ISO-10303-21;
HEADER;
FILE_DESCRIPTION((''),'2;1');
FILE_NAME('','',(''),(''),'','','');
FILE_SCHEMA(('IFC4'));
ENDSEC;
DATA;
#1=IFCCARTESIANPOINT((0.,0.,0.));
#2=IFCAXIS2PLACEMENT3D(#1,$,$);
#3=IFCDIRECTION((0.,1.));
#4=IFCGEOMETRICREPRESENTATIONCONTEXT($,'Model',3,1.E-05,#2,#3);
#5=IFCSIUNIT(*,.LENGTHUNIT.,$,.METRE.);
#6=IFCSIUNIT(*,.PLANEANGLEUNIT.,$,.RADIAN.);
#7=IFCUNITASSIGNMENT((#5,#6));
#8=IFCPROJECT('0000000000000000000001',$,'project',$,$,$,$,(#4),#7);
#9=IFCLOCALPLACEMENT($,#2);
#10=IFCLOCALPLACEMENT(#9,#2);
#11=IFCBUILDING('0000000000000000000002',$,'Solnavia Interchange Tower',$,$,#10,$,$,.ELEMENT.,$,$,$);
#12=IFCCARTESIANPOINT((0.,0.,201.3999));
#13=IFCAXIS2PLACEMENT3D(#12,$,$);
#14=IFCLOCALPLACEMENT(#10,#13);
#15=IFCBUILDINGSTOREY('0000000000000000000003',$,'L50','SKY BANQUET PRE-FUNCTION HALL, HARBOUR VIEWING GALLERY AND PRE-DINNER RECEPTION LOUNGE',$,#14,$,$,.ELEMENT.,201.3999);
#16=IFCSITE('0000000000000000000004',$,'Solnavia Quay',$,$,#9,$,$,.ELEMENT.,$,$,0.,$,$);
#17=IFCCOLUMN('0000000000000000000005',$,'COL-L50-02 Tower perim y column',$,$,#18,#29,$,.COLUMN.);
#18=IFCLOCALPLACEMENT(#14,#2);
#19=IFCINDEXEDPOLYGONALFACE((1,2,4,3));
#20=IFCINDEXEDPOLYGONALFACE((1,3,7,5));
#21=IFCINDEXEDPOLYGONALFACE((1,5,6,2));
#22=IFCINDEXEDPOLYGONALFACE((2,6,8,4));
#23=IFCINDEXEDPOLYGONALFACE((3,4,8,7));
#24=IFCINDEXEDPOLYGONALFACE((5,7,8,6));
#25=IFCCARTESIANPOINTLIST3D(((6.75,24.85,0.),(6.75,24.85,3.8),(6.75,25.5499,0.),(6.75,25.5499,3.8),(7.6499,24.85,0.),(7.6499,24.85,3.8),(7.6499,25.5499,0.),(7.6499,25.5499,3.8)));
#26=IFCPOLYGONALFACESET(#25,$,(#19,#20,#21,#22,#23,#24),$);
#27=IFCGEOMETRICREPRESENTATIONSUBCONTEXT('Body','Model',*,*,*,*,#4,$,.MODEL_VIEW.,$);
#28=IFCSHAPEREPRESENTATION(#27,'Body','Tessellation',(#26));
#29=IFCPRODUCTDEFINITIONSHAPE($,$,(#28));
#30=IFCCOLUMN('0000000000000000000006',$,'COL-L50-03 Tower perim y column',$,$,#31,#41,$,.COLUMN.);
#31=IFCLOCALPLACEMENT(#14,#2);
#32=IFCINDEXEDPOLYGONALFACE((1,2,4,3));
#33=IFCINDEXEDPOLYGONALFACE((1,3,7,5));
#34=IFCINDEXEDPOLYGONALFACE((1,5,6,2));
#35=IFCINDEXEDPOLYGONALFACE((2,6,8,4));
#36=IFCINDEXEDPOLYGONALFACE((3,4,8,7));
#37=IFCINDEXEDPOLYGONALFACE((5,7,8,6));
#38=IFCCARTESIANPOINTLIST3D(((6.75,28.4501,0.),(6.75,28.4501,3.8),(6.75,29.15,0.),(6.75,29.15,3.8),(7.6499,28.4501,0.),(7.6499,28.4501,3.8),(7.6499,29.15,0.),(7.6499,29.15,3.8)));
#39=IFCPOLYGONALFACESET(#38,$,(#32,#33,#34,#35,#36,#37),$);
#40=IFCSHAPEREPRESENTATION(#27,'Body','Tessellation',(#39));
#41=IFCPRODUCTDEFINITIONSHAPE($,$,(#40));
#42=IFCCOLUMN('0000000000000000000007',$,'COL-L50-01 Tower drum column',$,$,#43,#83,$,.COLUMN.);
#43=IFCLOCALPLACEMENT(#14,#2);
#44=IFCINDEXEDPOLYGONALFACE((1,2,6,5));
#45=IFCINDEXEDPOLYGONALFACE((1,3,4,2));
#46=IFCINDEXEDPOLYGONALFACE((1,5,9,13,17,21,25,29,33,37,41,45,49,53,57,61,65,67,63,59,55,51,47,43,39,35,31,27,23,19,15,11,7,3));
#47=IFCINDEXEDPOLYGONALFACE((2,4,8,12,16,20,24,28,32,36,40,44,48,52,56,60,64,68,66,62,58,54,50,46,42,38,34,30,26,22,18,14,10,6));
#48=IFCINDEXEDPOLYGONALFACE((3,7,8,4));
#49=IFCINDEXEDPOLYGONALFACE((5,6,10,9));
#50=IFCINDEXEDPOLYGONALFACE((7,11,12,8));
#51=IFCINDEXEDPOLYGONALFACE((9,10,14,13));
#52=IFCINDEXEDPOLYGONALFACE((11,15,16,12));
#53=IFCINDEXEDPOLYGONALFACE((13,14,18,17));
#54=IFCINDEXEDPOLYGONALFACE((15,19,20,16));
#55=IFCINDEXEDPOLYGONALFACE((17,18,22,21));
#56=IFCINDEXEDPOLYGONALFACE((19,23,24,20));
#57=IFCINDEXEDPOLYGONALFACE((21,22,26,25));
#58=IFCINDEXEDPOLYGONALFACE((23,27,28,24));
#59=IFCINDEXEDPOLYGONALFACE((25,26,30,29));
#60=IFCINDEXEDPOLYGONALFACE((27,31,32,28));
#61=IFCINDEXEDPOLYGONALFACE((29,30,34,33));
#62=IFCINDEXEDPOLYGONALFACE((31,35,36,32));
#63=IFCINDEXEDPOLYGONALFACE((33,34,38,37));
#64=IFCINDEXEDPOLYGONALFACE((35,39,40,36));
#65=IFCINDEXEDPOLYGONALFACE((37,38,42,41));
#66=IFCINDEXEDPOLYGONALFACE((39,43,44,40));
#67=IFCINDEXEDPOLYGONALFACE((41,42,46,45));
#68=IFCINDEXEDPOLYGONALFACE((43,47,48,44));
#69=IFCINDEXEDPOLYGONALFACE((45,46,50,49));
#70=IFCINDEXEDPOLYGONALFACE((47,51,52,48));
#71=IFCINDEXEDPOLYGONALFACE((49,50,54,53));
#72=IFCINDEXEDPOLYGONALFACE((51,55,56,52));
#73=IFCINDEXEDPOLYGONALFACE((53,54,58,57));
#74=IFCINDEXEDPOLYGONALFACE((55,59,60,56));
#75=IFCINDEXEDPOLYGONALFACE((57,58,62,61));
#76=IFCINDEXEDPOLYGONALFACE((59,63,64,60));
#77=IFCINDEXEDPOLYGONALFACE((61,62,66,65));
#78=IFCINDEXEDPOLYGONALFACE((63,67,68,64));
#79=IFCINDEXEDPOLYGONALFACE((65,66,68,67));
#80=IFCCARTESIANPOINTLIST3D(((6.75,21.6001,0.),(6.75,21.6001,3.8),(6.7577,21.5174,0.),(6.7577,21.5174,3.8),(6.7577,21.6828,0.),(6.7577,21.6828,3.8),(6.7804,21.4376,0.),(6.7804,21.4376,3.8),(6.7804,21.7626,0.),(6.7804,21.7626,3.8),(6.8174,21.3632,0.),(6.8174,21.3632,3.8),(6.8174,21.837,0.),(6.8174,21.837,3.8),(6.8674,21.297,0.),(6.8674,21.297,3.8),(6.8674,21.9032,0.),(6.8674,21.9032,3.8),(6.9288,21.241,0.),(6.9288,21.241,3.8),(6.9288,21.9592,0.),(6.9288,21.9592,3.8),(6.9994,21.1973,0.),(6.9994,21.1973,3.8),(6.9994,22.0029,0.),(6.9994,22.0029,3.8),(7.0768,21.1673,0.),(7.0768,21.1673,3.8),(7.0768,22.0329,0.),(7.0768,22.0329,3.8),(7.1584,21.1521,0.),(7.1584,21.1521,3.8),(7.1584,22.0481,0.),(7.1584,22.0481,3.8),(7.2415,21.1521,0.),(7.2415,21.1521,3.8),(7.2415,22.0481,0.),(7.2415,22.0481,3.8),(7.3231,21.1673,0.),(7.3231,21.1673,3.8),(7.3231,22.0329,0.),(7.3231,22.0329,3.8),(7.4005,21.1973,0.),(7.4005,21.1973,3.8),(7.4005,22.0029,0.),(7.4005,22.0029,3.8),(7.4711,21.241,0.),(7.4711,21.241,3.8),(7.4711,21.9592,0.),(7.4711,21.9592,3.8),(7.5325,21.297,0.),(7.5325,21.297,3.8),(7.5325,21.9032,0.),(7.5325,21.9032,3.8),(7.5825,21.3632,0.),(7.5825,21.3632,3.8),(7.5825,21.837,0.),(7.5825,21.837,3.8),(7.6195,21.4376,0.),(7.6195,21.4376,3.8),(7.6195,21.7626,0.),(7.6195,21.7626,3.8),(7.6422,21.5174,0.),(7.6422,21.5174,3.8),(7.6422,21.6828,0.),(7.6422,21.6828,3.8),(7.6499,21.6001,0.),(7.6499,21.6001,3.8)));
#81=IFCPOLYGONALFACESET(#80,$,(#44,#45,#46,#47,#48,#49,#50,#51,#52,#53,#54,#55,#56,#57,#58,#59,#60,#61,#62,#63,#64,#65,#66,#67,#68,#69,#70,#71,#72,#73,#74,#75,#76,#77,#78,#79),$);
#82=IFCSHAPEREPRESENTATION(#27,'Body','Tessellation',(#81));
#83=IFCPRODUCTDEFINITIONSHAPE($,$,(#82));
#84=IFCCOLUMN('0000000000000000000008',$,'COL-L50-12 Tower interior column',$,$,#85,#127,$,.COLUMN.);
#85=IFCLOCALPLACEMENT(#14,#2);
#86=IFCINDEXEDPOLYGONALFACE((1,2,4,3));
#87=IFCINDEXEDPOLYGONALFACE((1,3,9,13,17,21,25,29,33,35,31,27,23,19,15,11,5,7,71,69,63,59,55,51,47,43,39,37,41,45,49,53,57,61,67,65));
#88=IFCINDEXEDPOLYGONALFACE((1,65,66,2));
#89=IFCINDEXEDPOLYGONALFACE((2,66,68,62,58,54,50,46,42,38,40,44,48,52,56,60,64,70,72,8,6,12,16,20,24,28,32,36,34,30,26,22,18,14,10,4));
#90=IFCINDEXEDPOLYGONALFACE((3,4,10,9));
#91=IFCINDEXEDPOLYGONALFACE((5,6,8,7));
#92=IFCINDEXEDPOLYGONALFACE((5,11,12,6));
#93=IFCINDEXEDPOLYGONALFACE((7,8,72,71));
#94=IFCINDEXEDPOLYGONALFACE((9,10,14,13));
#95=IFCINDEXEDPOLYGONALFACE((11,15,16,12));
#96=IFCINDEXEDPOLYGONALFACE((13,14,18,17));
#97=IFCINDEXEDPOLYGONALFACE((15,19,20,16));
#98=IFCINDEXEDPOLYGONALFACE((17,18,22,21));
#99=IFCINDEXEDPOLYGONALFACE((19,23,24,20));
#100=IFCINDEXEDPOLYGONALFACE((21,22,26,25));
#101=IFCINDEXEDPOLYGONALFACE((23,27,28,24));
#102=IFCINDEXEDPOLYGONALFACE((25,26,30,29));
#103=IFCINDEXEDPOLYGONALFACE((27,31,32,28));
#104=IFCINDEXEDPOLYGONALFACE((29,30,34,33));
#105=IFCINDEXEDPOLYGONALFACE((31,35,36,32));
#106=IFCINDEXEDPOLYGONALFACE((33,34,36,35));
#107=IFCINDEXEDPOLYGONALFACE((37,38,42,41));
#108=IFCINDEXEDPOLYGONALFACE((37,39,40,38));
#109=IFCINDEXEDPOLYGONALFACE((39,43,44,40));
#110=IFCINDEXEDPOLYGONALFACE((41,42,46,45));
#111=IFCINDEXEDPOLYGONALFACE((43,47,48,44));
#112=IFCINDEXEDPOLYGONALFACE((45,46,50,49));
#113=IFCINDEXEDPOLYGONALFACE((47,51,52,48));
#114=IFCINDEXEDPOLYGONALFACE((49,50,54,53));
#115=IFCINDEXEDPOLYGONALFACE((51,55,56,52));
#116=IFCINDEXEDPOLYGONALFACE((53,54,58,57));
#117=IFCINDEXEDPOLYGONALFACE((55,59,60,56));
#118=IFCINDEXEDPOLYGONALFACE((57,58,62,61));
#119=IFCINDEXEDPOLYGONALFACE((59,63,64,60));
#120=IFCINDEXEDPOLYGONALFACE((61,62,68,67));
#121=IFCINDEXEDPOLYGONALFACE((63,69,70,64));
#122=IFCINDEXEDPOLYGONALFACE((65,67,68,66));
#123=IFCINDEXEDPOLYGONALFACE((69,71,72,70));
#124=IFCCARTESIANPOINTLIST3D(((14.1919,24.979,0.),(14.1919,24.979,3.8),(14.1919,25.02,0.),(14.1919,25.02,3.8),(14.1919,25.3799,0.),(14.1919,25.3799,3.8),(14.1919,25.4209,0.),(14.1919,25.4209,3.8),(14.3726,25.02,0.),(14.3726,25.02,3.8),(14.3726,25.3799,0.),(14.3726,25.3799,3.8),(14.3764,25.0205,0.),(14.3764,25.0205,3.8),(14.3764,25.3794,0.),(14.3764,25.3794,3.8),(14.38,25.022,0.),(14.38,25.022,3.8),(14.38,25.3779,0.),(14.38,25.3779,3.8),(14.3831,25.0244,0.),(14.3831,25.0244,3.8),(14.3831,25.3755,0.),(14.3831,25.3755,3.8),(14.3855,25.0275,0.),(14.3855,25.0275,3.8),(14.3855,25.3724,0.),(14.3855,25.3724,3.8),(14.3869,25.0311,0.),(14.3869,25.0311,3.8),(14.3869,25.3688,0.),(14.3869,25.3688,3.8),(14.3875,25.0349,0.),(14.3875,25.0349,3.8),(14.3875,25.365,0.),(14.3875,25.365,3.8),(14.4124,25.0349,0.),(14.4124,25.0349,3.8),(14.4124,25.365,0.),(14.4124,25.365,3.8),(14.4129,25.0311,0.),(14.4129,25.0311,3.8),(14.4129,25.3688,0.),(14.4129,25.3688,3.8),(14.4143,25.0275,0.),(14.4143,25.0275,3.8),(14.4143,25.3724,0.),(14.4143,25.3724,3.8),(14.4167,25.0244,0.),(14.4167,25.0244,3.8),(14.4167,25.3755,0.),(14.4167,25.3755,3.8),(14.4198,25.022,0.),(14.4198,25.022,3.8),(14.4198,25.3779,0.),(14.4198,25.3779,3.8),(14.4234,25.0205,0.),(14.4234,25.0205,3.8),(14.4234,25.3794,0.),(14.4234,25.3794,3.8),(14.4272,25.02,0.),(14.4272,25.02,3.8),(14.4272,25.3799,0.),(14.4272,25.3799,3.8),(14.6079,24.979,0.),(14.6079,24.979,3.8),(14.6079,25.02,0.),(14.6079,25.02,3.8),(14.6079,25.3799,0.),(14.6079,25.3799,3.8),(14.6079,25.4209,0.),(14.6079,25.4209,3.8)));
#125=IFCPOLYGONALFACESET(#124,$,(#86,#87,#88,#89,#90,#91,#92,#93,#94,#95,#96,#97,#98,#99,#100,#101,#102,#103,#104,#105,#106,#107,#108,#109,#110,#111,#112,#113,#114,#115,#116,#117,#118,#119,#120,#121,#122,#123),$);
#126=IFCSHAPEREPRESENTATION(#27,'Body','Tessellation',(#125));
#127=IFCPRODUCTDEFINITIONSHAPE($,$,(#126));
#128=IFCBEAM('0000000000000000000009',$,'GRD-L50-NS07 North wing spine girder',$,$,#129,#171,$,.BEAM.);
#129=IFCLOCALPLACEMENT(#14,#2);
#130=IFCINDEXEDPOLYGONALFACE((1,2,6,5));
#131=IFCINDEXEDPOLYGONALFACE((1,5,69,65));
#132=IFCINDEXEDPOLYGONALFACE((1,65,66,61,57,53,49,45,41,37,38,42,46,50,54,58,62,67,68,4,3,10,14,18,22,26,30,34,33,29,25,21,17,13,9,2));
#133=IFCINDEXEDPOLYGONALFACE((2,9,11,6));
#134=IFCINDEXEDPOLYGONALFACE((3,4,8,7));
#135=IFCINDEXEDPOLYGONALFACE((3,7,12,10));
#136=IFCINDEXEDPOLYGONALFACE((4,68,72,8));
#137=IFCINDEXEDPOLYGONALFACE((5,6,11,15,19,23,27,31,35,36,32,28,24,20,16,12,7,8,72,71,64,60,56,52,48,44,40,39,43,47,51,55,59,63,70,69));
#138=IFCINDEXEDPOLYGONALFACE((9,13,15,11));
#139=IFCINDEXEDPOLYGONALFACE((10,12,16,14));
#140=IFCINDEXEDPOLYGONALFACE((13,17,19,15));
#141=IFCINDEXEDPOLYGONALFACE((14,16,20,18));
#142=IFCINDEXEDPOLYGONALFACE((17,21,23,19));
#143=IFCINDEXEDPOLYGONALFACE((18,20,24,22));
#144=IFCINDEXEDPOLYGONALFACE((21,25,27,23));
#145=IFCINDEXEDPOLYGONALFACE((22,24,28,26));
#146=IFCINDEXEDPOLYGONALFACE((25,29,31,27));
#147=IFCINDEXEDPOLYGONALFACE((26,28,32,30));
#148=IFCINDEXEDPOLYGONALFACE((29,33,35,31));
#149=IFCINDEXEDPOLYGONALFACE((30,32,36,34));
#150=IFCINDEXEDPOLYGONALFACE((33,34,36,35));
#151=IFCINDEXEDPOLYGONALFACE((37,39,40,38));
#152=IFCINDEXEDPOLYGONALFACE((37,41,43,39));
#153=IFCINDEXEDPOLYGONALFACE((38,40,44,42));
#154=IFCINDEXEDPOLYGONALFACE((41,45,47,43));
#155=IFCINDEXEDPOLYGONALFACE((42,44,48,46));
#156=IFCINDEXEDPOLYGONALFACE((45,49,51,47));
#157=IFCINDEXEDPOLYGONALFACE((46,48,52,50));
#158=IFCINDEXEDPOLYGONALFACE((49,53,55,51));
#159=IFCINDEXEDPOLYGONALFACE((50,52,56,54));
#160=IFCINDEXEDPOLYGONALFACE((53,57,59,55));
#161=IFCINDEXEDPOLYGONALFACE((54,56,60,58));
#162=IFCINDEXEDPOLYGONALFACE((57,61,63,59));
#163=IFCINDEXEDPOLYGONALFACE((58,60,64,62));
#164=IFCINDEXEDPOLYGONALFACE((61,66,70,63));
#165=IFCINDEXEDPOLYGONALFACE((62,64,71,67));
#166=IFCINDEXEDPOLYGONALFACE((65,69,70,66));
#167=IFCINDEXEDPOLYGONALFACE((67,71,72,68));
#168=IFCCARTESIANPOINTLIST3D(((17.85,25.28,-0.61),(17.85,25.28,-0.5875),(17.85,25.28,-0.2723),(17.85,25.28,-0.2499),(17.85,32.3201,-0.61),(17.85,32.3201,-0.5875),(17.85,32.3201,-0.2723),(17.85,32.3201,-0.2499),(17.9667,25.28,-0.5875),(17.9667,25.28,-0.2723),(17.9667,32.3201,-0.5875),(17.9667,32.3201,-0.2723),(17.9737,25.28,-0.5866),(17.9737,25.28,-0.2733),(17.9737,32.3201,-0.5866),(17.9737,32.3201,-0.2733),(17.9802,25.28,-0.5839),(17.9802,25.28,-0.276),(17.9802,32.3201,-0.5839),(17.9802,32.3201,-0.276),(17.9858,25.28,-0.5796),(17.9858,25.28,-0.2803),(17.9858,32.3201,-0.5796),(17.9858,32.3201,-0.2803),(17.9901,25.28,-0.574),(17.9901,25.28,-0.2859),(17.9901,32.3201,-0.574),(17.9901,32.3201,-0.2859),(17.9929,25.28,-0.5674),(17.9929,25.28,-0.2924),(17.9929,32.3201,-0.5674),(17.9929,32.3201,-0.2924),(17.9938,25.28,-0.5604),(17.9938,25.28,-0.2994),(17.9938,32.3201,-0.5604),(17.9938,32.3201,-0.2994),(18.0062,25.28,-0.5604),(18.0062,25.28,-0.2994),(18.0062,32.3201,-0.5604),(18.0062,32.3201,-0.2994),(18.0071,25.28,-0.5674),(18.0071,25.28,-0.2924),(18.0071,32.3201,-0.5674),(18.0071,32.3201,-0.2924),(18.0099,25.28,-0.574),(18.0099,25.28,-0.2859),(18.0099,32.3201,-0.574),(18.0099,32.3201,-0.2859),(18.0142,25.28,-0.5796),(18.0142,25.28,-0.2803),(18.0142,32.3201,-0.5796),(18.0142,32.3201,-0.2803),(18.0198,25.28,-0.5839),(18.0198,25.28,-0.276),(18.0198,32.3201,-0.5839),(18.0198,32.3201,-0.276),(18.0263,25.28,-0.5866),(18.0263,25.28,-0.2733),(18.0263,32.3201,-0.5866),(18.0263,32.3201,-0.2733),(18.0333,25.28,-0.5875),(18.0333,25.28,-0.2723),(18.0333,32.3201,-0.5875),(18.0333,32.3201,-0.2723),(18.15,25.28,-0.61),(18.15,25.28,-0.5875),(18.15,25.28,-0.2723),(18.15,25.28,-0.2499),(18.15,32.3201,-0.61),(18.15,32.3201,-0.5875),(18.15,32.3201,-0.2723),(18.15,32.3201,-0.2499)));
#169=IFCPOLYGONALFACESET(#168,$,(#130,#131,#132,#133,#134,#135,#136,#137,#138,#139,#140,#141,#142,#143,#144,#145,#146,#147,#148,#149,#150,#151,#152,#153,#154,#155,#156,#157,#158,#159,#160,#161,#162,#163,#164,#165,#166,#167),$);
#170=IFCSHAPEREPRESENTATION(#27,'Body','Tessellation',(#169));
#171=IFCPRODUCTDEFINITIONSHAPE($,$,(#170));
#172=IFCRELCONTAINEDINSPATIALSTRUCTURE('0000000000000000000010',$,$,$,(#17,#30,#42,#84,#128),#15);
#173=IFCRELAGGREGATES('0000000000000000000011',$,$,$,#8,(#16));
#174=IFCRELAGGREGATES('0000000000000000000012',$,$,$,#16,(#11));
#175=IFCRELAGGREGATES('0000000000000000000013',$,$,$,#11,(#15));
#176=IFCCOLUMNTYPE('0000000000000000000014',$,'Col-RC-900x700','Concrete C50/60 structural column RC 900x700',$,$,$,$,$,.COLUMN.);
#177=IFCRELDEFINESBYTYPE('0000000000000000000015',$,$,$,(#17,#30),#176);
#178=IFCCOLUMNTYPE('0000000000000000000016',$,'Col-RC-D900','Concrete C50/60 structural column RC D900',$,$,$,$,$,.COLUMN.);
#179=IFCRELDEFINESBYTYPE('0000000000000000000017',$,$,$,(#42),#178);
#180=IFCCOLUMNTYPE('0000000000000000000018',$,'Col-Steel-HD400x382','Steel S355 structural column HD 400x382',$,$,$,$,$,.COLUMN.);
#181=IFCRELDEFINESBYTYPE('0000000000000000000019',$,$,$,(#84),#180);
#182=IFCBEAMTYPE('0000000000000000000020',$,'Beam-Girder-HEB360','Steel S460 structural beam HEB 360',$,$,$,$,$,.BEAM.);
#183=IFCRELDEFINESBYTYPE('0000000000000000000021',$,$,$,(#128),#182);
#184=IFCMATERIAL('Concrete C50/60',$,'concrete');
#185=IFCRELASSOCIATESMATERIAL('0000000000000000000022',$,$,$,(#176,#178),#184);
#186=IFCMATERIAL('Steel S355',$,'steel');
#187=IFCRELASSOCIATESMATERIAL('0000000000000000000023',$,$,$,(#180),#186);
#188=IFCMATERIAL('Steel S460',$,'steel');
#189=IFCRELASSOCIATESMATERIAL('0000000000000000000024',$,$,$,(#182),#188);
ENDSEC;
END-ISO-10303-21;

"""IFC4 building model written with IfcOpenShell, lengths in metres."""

from ifc_helpers import new_model, si_unit, direction, frame, origin, origin_2d, place, context, subcontext, project, spatial, rectangle, circle, i_section, extrude, material, material_profile, profile_set, type_object, element, save


model = new_model("IFC4")

# Units and contexts
model_context = context("Model", 3, precision=1e-05, world=origin(), true_north=direction((0.0, 1.0)))
body_context = subcontext(model_context, "Body", "Model", "MODEL_VIEW")
ifc_project = project(units=[si_unit("LENGTHUNIT", "METRE"), si_unit("PLANEANGLEUNIT", "RADIAN")], contexts=[model_context])

# Site, building, storey
site_placement = place(None, origin())
site = spatial("IfcSite", under=ifc_project, at=site_placement, Name="Solnavia Quay", CompositionType="ELEMENT", RefElevation=0.0)
building_placement = place(site_placement, origin())
building = spatial("IfcBuilding", under=site, at=building_placement, Name="Solnavia Interchange Tower", CompositionType="ELEMENT")
storey_placement = place(building_placement, frame((0.0, 0.0, 201.3999)))
storey = spatial("IfcBuildingStorey", under=building, at=storey_placement, Name="L50", Description="SKY BANQUET PRE-FUNCTION HALL, HARBOUR VIEWING GALLERY AND PRE-DINNER RECEPTION LOUNGE", CompositionType="ELEMENT", Elevation=201.3999)

# Columns
ifc_material_1 = material(Name="Concrete C50/60", Category="concrete")
ifc_material_profile_1 = material_profile(ifc_material_1, rectangle(XDim=0.7, YDim=0.8999, at=origin_2d()), Name="RC 900x700")
ifc_profile_set_1 = profile_set([ifc_material_profile_1], Name="Concrete C50/60")
column_type_1 = type_object("IfcColumnType", Name="Col-RC-900x700", Description="Concrete C50/60 structural column RC 900x700", PredefinedType="COLUMN", material=ifc_profile_set_1)
for number, where, z_axis, x_axis, name in (
    (1, (7.2, 25.2, 0.0), (0.0, 0.0, 1.0), (0.0, 1.0, 0.0), "COL-L50-02 Tower perim y column"),
    (2, (7.2, 28.8, 0.0), (0.0, 0.0, 1.0), (0.0, 1.0, 0.0), "COL-L50-03 Tower perim y column"),
):
    element("IfcColumn", number, at=place(storey_placement, frame(where, z_axis=z_axis, x_axis=x_axis)), inside=storey, type_object=column_type_1, Name=name, PredefinedType="COLUMN", context=body_context, shape_type="SweptSolid", body=[
        extrude(rectangle(XDim=0.7, YDim=0.8999, at=origin_2d()), origin(), (0.0, 0.0, 1.0), 3.8),
    ])
ifc_material_profile_2 = material_profile(ifc_material_1, circle(Radius=0.45, at=origin_2d()), Name="RC D900")
ifc_profile_set_2 = profile_set([ifc_material_profile_2], Name="Concrete C50/60")
column_type_2 = type_object("IfcColumnType", Name="Col-RC-D900", Description="Concrete C50/60 structural column RC D900", PredefinedType="COLUMN", material=ifc_profile_set_2)
column_1_placement = place(storey_placement, frame((7.2, 21.6001, 0.0), z_axis=(0.0, 0.0, 1.0), x_axis=(1.0, 0.0, 0.0)))
element("IfcColumn", 3, at=column_1_placement, inside=storey, type_object=column_type_2, Name="COL-L50-01 Tower drum column", PredefinedType="COLUMN", context=body_context, shape_type="SweptSolid", body=[
    extrude(circle(Radius=0.45, at=origin_2d()), origin(), (0.0, 0.0, 1.0), 3.8),
])
ifc_material_2 = material(Name="Steel S355", Category="steel")
ifc_material_profile_3 = material_profile(ifc_material_2, i_section(OverallWidth=0.416, OverallDepth=0.4419, WebThickness=0.0249, FlangeThickness=0.041, FilletRadius=0.0149, at=origin_2d()), Name="HD 400x382")
ifc_profile_set_3 = profile_set([ifc_material_profile_3], Name="Steel S355")
column_type_3 = type_object("IfcColumnType", Name="Col-Steel-HD400x382", Description="Steel S355 structural column HD 400x382", PredefinedType="COLUMN", material=ifc_profile_set_3)
column_2_placement = place(storey_placement, frame((14.3999, 25.2, 0.0), z_axis=(0.0, 0.0, 1.0), x_axis=(1.0, 0.0, 0.0)))
element("IfcColumn", 4, at=column_2_placement, inside=storey, type_object=column_type_3, Name="COL-L50-12 Tower interior column", PredefinedType="COLUMN", context=body_context, shape_type="SweptSolid", body=[
    extrude(i_section(OverallWidth=0.416, OverallDepth=0.4419, WebThickness=0.0249, FlangeThickness=0.041, FilletRadius=0.0149, at=origin_2d()), origin(), (0.0, 0.0, 1.0), 3.8),
])

# Beam
ifc_material_3 = material(Name="Steel S460", Category="steel")
ifc_material_profile_4 = material_profile(ifc_material_3, i_section(OverallWidth=0.3, OverallDepth=0.3601, WebThickness=0.0125, FlangeThickness=0.0225, FilletRadius=0.0271, at=origin_2d()), Name="HEB 360")
ifc_profile_set_4 = profile_set([ifc_material_profile_4], Name="Steel S460")
beam_type_1 = type_object("IfcBeamType", Name="Beam-Girder-HEB360", Description="Steel S460 structural beam HEB 360", PredefinedType="BEAM", material=ifc_profile_set_4)
beam_1_placement = place(storey_placement, frame((18.0, 25.28, -0.4299), z_axis=(0.0, 1.0, 0.0), x_axis=(-1.0, 0.0, 0.0)))
element("IfcBeam", 5, at=beam_1_placement, inside=storey, type_object=beam_type_1, Name="GRD-L50-NS07 North wing spine girder", PredefinedType="BEAM", context=body_context, shape_type="SweptSolid", body=[
    extrude(i_section(OverallWidth=0.3, OverallDepth=0.3601, WebThickness=0.0125, FlangeThickness=0.0225, FilletRadius=0.0271, at=origin_2d()), origin(), (0.0, 0.0, 1.0), 7.04),
])

save(model, "model.ifc")
